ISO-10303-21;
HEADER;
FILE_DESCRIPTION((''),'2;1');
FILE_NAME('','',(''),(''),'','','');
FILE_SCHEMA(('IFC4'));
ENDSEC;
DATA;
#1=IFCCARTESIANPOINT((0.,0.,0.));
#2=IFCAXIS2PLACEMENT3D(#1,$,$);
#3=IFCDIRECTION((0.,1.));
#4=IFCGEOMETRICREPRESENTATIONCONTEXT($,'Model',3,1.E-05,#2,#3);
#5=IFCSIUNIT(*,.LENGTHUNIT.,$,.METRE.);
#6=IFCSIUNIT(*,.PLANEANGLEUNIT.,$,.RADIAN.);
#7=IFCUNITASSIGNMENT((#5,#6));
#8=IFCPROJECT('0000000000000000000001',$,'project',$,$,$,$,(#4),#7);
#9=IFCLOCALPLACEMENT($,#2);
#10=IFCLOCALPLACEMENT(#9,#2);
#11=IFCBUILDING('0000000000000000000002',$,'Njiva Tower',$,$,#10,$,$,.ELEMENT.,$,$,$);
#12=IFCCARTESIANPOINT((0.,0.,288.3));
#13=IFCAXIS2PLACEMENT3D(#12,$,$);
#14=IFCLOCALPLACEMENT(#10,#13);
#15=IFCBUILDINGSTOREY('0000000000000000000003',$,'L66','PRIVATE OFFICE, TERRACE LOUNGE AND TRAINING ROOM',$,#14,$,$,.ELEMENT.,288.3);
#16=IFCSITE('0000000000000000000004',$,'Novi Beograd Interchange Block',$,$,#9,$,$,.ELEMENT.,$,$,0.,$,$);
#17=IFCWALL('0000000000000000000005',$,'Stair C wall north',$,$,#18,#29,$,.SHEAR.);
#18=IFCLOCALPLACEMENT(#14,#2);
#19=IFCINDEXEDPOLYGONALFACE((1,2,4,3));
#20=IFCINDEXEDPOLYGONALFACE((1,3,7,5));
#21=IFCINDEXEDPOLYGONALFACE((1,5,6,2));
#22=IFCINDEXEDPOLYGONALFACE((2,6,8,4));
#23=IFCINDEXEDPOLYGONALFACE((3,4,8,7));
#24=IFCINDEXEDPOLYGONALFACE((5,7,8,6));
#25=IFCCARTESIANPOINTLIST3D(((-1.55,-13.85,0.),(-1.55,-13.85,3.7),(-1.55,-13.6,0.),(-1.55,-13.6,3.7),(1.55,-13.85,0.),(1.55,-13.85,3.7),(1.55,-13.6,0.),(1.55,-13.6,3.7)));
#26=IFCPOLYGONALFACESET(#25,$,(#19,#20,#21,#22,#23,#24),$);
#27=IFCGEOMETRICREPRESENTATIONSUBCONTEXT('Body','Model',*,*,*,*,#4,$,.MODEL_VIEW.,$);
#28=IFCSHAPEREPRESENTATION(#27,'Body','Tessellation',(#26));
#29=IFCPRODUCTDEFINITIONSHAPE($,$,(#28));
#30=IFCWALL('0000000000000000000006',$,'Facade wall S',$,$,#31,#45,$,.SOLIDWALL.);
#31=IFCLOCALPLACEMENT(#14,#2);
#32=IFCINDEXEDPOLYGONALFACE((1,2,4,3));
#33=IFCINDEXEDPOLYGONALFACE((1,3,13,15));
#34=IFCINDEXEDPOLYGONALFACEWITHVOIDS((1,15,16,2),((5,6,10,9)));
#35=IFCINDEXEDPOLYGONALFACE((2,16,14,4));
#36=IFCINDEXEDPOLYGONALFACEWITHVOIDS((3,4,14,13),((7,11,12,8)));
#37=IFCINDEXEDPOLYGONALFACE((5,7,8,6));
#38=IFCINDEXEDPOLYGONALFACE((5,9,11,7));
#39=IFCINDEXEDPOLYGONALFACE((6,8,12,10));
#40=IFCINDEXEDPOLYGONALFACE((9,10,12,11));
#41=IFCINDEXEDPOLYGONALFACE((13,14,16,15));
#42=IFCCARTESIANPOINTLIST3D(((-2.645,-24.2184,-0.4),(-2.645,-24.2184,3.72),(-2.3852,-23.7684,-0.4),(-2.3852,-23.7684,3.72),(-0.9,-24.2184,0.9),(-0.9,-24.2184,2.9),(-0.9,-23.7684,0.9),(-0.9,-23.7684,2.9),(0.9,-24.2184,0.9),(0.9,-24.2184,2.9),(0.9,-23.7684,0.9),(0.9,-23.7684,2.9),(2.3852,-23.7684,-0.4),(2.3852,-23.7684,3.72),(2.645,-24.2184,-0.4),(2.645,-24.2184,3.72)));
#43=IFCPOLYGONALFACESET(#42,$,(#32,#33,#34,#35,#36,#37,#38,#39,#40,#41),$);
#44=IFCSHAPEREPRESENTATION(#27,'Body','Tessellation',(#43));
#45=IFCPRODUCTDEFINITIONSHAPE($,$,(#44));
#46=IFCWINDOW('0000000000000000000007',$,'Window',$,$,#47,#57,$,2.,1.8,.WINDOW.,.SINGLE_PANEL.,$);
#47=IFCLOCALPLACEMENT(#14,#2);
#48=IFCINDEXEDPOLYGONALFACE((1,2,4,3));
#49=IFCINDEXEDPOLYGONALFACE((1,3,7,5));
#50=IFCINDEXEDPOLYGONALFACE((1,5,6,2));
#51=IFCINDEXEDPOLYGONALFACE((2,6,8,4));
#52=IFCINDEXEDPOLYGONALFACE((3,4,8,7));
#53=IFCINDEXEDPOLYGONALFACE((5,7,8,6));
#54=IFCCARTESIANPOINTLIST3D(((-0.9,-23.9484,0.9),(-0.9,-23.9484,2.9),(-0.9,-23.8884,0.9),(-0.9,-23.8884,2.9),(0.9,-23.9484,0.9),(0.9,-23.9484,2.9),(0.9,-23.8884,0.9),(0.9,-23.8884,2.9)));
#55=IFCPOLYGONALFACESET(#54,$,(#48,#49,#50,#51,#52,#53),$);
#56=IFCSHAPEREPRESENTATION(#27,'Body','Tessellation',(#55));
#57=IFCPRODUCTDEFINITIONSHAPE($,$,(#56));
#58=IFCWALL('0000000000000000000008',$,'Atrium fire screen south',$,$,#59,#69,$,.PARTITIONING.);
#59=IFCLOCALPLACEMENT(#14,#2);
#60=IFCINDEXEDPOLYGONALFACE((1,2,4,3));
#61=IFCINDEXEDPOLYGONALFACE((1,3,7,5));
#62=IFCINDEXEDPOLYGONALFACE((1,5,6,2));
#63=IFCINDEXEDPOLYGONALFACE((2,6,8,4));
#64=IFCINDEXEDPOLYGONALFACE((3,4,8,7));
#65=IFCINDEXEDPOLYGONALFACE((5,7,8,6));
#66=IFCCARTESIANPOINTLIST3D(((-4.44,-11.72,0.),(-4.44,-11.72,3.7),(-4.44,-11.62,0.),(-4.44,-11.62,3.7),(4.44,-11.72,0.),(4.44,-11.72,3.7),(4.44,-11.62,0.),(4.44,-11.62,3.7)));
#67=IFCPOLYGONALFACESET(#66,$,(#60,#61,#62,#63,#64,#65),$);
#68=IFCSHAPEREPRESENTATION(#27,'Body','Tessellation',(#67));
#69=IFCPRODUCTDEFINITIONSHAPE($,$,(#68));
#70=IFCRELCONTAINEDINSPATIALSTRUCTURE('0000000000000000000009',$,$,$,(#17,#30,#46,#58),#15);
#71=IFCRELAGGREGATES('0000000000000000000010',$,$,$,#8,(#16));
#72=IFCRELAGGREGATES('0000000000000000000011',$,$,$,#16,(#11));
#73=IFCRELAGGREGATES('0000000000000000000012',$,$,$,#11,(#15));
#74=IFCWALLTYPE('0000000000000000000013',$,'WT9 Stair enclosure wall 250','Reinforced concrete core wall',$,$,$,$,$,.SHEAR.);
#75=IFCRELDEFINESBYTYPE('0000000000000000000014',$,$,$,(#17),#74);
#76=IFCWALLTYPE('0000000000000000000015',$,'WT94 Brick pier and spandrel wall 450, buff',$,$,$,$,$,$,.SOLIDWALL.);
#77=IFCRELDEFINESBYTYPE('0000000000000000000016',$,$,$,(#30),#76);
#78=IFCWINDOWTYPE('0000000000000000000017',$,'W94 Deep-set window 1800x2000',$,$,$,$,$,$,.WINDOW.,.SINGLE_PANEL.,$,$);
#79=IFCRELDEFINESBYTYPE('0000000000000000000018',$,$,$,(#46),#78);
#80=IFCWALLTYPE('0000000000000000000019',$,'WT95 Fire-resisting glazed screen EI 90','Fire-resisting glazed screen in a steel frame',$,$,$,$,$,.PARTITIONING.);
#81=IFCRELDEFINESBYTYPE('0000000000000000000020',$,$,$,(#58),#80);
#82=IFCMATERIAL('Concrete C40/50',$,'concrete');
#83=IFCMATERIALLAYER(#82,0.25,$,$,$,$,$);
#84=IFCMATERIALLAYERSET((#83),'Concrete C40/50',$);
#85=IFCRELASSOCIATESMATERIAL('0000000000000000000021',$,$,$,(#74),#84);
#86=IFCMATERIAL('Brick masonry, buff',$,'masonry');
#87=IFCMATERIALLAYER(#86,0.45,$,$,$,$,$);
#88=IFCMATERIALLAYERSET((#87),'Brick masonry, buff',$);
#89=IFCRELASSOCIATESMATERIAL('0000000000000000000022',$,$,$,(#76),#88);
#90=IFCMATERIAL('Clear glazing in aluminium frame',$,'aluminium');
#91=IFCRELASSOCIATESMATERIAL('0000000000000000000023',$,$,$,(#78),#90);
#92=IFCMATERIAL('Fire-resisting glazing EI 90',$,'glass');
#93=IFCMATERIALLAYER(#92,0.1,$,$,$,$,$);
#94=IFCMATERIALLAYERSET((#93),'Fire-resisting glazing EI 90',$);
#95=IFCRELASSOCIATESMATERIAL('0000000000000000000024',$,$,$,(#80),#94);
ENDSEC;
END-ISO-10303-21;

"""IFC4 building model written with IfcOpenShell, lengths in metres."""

from ifc_helpers import new_model, si_unit, direction, frame, frame_2d, origin, place, context, subcontext, project, spatial, polyline, rectangle, outline, extrude, material, layer, layer_set, type_object, element, fill, save


model = new_model("IFC4")

# Units and contexts
model_context = context("Model", 3, precision=1e-05, world=origin(), true_north=direction((0.0, 1.0)))
body_context = subcontext(model_context, "Body", "Model", "MODEL_VIEW")
ifc_project = project(units=[si_unit("LENGTHUNIT", "METRE"), si_unit("PLANEANGLEUNIT", "RADIAN")], contexts=[model_context])

# Site, building, storey
site_placement = place(None, origin())
site = spatial("IfcSite", under=ifc_project, at=site_placement, Name="Novi Beograd Interchange Block", CompositionType="ELEMENT", RefElevation=0.0)
building_placement = place(site_placement, origin())
building = spatial("IfcBuilding", under=site, at=building_placement, Name="Njiva Tower", CompositionType="ELEMENT")
storey_placement = place(building_placement, frame((0.0, 0.0, 288.3)))
storey = spatial("IfcBuildingStorey", under=building, at=storey_placement, Name="L66", Description="PRIVATE OFFICE, TERRACE LOUNGE AND TRAINING ROOM", CompositionType="ELEMENT", Elevation=288.3)

# Wall
ifc_material_1 = material(Name="Concrete C40/50", Category="concrete")
ifc_layer_1 = layer(ifc_material_1, 0.25)
ifc_layer_set_1 = layer_set([ifc_layer_1], Name="Concrete C40/50")
wall_type_1 = type_object("IfcWallType", Name="WT9 Stair enclosure wall 250", Description="Reinforced concrete core wall", PredefinedType="SHEAR", material=ifc_layer_set_1)
for number, where, z_axis, x_axis, name in (
    (1, (-1.55, -13.725, 0.0), (0.0, 0.0, 1.0), (1.0, 0.0, 0.0), "Stair C wall north"),
):
    element("IfcWall", number, at=place(storey_placement, frame(where, z_axis=z_axis, x_axis=x_axis)), inside=storey, type_object=wall_type_1, Name=name, PredefinedType="SHEAR", context=body_context, shape_type="SweptSolid", body=[
        extrude(rectangle(XDim=3.1, YDim=0.25, at=frame_2d((1.55, 0.0))), origin(), (0.0, 0.0, 1.0), 3.7),
    ])

# Wall, opening, window
ifc_material_2 = material(Name="Brick masonry, buff", Category="masonry")
ifc_layer_2 = layer(ifc_material_2, 0.45)
ifc_layer_set_2 = layer_set([ifc_layer_2], Name="Brick masonry, buff")
wall_type_2 = type_object("IfcWallType", Name="WT94 Brick pier and spandrel wall 450, buff", PredefinedType="SOLIDWALL", material=ifc_layer_set_2)
wall_1_placement = place(storey_placement, frame((-2.5151, -23.9934, -0.4), z_axis=(0.0, 0.0, 1.0), x_axis=(1.0, 0.0, 0.0)))
wall_1 = element("IfcWall", 2, at=wall_1_placement, inside=storey, type_object=wall_type_2, Name="Facade wall S", PredefinedType="SOLIDWALL", context=body_context, shape_type="SweptSolid", body=[
    extrude(outline(polyline([(-0.1299, -0.225), (5.1601, -0.225), (4.9003, 0.225), (0.1299, 0.225), (-0.1299, -0.225)])), origin(), (0.0, 0.0, 1.0), 4.12),
])
opening_1_placement = place(wall_1_placement, frame((1.6151, 0.0, 1.3)))
opening_1 = element("IfcOpeningElement", 3, at=opening_1_placement, cuts=wall_1, PredefinedType="OPENING", context=body_context, shape_type="SweptSolid", body=[
    extrude(rectangle(XDim=1.8, YDim=2.0, at=frame_2d((0.9, 1.0))), frame((0.0, 0.235, 0.0), z_axis=(0.0, -1.0, 0.0), x_axis=(1.0, 0.0, 0.0)), (0.0, 0.0, 1.0), 0.47),
])
ifc_material_3 = material(Name="Clear glazing in aluminium frame", Category="aluminium")
window_type = type_object("IfcWindowType", Name="W94 Deep-set window 1800x2000", PartitioningType="SINGLE_PANEL", PredefinedType="WINDOW", material=ifc_material_3)
window_placement = place(opening_1_placement, origin())
window = element("IfcWindow", 4, at=window_placement, inside=storey, type_object=window_type, Name="Window", OverallHeight=2.0, OverallWidth=1.8, PartitioningType="SINGLE_PANEL", PredefinedType="WINDOW", context=body_context, shape_type="SweptSolid", body=[
    extrude(rectangle(XDim=1.8, YDim=2.0, at=frame_2d((0.9, 1.0))), frame((0.0, 0.105, 0.0), z_axis=(0.0, -1.0, 0.0), x_axis=(1.0, 0.0, 0.0)), (0.0, 0.0, 1.0), 0.06),
])
fill(opening_1, window)

# Wall
ifc_material_4 = material(Name="Fire-resisting glazing EI 90", Category="glass")
ifc_layer_3 = layer(ifc_material_4, 0.1)
ifc_layer_set_3 = layer_set([ifc_layer_3], Name="Fire-resisting glazing EI 90")
wall_type_3 = type_object("IfcWallType", Name="WT95 Fire-resisting glazed screen EI 90", Description="Fire-resisting glazed screen in a steel frame", PredefinedType="PARTITIONING", material=ifc_layer_set_3)
wall_2_placement = place(storey_placement, frame((-4.44, -11.67, 0.0), z_axis=(0.0, 0.0, 1.0), x_axis=(1.0, 0.0, 0.0)))
element("IfcWall", 5, at=wall_2_placement, inside=storey, type_object=wall_type_3, Name="Atrium fire screen south", PredefinedType="PARTITIONING", context=body_context, shape_type="SweptSolid", body=[
    extrude(rectangle(XDim=8.88, YDim=0.1, at=frame_2d((4.44, 0.0))), origin(), (0.0, 0.0, 1.0), 3.7),
])

save(model, "model.ifc")
